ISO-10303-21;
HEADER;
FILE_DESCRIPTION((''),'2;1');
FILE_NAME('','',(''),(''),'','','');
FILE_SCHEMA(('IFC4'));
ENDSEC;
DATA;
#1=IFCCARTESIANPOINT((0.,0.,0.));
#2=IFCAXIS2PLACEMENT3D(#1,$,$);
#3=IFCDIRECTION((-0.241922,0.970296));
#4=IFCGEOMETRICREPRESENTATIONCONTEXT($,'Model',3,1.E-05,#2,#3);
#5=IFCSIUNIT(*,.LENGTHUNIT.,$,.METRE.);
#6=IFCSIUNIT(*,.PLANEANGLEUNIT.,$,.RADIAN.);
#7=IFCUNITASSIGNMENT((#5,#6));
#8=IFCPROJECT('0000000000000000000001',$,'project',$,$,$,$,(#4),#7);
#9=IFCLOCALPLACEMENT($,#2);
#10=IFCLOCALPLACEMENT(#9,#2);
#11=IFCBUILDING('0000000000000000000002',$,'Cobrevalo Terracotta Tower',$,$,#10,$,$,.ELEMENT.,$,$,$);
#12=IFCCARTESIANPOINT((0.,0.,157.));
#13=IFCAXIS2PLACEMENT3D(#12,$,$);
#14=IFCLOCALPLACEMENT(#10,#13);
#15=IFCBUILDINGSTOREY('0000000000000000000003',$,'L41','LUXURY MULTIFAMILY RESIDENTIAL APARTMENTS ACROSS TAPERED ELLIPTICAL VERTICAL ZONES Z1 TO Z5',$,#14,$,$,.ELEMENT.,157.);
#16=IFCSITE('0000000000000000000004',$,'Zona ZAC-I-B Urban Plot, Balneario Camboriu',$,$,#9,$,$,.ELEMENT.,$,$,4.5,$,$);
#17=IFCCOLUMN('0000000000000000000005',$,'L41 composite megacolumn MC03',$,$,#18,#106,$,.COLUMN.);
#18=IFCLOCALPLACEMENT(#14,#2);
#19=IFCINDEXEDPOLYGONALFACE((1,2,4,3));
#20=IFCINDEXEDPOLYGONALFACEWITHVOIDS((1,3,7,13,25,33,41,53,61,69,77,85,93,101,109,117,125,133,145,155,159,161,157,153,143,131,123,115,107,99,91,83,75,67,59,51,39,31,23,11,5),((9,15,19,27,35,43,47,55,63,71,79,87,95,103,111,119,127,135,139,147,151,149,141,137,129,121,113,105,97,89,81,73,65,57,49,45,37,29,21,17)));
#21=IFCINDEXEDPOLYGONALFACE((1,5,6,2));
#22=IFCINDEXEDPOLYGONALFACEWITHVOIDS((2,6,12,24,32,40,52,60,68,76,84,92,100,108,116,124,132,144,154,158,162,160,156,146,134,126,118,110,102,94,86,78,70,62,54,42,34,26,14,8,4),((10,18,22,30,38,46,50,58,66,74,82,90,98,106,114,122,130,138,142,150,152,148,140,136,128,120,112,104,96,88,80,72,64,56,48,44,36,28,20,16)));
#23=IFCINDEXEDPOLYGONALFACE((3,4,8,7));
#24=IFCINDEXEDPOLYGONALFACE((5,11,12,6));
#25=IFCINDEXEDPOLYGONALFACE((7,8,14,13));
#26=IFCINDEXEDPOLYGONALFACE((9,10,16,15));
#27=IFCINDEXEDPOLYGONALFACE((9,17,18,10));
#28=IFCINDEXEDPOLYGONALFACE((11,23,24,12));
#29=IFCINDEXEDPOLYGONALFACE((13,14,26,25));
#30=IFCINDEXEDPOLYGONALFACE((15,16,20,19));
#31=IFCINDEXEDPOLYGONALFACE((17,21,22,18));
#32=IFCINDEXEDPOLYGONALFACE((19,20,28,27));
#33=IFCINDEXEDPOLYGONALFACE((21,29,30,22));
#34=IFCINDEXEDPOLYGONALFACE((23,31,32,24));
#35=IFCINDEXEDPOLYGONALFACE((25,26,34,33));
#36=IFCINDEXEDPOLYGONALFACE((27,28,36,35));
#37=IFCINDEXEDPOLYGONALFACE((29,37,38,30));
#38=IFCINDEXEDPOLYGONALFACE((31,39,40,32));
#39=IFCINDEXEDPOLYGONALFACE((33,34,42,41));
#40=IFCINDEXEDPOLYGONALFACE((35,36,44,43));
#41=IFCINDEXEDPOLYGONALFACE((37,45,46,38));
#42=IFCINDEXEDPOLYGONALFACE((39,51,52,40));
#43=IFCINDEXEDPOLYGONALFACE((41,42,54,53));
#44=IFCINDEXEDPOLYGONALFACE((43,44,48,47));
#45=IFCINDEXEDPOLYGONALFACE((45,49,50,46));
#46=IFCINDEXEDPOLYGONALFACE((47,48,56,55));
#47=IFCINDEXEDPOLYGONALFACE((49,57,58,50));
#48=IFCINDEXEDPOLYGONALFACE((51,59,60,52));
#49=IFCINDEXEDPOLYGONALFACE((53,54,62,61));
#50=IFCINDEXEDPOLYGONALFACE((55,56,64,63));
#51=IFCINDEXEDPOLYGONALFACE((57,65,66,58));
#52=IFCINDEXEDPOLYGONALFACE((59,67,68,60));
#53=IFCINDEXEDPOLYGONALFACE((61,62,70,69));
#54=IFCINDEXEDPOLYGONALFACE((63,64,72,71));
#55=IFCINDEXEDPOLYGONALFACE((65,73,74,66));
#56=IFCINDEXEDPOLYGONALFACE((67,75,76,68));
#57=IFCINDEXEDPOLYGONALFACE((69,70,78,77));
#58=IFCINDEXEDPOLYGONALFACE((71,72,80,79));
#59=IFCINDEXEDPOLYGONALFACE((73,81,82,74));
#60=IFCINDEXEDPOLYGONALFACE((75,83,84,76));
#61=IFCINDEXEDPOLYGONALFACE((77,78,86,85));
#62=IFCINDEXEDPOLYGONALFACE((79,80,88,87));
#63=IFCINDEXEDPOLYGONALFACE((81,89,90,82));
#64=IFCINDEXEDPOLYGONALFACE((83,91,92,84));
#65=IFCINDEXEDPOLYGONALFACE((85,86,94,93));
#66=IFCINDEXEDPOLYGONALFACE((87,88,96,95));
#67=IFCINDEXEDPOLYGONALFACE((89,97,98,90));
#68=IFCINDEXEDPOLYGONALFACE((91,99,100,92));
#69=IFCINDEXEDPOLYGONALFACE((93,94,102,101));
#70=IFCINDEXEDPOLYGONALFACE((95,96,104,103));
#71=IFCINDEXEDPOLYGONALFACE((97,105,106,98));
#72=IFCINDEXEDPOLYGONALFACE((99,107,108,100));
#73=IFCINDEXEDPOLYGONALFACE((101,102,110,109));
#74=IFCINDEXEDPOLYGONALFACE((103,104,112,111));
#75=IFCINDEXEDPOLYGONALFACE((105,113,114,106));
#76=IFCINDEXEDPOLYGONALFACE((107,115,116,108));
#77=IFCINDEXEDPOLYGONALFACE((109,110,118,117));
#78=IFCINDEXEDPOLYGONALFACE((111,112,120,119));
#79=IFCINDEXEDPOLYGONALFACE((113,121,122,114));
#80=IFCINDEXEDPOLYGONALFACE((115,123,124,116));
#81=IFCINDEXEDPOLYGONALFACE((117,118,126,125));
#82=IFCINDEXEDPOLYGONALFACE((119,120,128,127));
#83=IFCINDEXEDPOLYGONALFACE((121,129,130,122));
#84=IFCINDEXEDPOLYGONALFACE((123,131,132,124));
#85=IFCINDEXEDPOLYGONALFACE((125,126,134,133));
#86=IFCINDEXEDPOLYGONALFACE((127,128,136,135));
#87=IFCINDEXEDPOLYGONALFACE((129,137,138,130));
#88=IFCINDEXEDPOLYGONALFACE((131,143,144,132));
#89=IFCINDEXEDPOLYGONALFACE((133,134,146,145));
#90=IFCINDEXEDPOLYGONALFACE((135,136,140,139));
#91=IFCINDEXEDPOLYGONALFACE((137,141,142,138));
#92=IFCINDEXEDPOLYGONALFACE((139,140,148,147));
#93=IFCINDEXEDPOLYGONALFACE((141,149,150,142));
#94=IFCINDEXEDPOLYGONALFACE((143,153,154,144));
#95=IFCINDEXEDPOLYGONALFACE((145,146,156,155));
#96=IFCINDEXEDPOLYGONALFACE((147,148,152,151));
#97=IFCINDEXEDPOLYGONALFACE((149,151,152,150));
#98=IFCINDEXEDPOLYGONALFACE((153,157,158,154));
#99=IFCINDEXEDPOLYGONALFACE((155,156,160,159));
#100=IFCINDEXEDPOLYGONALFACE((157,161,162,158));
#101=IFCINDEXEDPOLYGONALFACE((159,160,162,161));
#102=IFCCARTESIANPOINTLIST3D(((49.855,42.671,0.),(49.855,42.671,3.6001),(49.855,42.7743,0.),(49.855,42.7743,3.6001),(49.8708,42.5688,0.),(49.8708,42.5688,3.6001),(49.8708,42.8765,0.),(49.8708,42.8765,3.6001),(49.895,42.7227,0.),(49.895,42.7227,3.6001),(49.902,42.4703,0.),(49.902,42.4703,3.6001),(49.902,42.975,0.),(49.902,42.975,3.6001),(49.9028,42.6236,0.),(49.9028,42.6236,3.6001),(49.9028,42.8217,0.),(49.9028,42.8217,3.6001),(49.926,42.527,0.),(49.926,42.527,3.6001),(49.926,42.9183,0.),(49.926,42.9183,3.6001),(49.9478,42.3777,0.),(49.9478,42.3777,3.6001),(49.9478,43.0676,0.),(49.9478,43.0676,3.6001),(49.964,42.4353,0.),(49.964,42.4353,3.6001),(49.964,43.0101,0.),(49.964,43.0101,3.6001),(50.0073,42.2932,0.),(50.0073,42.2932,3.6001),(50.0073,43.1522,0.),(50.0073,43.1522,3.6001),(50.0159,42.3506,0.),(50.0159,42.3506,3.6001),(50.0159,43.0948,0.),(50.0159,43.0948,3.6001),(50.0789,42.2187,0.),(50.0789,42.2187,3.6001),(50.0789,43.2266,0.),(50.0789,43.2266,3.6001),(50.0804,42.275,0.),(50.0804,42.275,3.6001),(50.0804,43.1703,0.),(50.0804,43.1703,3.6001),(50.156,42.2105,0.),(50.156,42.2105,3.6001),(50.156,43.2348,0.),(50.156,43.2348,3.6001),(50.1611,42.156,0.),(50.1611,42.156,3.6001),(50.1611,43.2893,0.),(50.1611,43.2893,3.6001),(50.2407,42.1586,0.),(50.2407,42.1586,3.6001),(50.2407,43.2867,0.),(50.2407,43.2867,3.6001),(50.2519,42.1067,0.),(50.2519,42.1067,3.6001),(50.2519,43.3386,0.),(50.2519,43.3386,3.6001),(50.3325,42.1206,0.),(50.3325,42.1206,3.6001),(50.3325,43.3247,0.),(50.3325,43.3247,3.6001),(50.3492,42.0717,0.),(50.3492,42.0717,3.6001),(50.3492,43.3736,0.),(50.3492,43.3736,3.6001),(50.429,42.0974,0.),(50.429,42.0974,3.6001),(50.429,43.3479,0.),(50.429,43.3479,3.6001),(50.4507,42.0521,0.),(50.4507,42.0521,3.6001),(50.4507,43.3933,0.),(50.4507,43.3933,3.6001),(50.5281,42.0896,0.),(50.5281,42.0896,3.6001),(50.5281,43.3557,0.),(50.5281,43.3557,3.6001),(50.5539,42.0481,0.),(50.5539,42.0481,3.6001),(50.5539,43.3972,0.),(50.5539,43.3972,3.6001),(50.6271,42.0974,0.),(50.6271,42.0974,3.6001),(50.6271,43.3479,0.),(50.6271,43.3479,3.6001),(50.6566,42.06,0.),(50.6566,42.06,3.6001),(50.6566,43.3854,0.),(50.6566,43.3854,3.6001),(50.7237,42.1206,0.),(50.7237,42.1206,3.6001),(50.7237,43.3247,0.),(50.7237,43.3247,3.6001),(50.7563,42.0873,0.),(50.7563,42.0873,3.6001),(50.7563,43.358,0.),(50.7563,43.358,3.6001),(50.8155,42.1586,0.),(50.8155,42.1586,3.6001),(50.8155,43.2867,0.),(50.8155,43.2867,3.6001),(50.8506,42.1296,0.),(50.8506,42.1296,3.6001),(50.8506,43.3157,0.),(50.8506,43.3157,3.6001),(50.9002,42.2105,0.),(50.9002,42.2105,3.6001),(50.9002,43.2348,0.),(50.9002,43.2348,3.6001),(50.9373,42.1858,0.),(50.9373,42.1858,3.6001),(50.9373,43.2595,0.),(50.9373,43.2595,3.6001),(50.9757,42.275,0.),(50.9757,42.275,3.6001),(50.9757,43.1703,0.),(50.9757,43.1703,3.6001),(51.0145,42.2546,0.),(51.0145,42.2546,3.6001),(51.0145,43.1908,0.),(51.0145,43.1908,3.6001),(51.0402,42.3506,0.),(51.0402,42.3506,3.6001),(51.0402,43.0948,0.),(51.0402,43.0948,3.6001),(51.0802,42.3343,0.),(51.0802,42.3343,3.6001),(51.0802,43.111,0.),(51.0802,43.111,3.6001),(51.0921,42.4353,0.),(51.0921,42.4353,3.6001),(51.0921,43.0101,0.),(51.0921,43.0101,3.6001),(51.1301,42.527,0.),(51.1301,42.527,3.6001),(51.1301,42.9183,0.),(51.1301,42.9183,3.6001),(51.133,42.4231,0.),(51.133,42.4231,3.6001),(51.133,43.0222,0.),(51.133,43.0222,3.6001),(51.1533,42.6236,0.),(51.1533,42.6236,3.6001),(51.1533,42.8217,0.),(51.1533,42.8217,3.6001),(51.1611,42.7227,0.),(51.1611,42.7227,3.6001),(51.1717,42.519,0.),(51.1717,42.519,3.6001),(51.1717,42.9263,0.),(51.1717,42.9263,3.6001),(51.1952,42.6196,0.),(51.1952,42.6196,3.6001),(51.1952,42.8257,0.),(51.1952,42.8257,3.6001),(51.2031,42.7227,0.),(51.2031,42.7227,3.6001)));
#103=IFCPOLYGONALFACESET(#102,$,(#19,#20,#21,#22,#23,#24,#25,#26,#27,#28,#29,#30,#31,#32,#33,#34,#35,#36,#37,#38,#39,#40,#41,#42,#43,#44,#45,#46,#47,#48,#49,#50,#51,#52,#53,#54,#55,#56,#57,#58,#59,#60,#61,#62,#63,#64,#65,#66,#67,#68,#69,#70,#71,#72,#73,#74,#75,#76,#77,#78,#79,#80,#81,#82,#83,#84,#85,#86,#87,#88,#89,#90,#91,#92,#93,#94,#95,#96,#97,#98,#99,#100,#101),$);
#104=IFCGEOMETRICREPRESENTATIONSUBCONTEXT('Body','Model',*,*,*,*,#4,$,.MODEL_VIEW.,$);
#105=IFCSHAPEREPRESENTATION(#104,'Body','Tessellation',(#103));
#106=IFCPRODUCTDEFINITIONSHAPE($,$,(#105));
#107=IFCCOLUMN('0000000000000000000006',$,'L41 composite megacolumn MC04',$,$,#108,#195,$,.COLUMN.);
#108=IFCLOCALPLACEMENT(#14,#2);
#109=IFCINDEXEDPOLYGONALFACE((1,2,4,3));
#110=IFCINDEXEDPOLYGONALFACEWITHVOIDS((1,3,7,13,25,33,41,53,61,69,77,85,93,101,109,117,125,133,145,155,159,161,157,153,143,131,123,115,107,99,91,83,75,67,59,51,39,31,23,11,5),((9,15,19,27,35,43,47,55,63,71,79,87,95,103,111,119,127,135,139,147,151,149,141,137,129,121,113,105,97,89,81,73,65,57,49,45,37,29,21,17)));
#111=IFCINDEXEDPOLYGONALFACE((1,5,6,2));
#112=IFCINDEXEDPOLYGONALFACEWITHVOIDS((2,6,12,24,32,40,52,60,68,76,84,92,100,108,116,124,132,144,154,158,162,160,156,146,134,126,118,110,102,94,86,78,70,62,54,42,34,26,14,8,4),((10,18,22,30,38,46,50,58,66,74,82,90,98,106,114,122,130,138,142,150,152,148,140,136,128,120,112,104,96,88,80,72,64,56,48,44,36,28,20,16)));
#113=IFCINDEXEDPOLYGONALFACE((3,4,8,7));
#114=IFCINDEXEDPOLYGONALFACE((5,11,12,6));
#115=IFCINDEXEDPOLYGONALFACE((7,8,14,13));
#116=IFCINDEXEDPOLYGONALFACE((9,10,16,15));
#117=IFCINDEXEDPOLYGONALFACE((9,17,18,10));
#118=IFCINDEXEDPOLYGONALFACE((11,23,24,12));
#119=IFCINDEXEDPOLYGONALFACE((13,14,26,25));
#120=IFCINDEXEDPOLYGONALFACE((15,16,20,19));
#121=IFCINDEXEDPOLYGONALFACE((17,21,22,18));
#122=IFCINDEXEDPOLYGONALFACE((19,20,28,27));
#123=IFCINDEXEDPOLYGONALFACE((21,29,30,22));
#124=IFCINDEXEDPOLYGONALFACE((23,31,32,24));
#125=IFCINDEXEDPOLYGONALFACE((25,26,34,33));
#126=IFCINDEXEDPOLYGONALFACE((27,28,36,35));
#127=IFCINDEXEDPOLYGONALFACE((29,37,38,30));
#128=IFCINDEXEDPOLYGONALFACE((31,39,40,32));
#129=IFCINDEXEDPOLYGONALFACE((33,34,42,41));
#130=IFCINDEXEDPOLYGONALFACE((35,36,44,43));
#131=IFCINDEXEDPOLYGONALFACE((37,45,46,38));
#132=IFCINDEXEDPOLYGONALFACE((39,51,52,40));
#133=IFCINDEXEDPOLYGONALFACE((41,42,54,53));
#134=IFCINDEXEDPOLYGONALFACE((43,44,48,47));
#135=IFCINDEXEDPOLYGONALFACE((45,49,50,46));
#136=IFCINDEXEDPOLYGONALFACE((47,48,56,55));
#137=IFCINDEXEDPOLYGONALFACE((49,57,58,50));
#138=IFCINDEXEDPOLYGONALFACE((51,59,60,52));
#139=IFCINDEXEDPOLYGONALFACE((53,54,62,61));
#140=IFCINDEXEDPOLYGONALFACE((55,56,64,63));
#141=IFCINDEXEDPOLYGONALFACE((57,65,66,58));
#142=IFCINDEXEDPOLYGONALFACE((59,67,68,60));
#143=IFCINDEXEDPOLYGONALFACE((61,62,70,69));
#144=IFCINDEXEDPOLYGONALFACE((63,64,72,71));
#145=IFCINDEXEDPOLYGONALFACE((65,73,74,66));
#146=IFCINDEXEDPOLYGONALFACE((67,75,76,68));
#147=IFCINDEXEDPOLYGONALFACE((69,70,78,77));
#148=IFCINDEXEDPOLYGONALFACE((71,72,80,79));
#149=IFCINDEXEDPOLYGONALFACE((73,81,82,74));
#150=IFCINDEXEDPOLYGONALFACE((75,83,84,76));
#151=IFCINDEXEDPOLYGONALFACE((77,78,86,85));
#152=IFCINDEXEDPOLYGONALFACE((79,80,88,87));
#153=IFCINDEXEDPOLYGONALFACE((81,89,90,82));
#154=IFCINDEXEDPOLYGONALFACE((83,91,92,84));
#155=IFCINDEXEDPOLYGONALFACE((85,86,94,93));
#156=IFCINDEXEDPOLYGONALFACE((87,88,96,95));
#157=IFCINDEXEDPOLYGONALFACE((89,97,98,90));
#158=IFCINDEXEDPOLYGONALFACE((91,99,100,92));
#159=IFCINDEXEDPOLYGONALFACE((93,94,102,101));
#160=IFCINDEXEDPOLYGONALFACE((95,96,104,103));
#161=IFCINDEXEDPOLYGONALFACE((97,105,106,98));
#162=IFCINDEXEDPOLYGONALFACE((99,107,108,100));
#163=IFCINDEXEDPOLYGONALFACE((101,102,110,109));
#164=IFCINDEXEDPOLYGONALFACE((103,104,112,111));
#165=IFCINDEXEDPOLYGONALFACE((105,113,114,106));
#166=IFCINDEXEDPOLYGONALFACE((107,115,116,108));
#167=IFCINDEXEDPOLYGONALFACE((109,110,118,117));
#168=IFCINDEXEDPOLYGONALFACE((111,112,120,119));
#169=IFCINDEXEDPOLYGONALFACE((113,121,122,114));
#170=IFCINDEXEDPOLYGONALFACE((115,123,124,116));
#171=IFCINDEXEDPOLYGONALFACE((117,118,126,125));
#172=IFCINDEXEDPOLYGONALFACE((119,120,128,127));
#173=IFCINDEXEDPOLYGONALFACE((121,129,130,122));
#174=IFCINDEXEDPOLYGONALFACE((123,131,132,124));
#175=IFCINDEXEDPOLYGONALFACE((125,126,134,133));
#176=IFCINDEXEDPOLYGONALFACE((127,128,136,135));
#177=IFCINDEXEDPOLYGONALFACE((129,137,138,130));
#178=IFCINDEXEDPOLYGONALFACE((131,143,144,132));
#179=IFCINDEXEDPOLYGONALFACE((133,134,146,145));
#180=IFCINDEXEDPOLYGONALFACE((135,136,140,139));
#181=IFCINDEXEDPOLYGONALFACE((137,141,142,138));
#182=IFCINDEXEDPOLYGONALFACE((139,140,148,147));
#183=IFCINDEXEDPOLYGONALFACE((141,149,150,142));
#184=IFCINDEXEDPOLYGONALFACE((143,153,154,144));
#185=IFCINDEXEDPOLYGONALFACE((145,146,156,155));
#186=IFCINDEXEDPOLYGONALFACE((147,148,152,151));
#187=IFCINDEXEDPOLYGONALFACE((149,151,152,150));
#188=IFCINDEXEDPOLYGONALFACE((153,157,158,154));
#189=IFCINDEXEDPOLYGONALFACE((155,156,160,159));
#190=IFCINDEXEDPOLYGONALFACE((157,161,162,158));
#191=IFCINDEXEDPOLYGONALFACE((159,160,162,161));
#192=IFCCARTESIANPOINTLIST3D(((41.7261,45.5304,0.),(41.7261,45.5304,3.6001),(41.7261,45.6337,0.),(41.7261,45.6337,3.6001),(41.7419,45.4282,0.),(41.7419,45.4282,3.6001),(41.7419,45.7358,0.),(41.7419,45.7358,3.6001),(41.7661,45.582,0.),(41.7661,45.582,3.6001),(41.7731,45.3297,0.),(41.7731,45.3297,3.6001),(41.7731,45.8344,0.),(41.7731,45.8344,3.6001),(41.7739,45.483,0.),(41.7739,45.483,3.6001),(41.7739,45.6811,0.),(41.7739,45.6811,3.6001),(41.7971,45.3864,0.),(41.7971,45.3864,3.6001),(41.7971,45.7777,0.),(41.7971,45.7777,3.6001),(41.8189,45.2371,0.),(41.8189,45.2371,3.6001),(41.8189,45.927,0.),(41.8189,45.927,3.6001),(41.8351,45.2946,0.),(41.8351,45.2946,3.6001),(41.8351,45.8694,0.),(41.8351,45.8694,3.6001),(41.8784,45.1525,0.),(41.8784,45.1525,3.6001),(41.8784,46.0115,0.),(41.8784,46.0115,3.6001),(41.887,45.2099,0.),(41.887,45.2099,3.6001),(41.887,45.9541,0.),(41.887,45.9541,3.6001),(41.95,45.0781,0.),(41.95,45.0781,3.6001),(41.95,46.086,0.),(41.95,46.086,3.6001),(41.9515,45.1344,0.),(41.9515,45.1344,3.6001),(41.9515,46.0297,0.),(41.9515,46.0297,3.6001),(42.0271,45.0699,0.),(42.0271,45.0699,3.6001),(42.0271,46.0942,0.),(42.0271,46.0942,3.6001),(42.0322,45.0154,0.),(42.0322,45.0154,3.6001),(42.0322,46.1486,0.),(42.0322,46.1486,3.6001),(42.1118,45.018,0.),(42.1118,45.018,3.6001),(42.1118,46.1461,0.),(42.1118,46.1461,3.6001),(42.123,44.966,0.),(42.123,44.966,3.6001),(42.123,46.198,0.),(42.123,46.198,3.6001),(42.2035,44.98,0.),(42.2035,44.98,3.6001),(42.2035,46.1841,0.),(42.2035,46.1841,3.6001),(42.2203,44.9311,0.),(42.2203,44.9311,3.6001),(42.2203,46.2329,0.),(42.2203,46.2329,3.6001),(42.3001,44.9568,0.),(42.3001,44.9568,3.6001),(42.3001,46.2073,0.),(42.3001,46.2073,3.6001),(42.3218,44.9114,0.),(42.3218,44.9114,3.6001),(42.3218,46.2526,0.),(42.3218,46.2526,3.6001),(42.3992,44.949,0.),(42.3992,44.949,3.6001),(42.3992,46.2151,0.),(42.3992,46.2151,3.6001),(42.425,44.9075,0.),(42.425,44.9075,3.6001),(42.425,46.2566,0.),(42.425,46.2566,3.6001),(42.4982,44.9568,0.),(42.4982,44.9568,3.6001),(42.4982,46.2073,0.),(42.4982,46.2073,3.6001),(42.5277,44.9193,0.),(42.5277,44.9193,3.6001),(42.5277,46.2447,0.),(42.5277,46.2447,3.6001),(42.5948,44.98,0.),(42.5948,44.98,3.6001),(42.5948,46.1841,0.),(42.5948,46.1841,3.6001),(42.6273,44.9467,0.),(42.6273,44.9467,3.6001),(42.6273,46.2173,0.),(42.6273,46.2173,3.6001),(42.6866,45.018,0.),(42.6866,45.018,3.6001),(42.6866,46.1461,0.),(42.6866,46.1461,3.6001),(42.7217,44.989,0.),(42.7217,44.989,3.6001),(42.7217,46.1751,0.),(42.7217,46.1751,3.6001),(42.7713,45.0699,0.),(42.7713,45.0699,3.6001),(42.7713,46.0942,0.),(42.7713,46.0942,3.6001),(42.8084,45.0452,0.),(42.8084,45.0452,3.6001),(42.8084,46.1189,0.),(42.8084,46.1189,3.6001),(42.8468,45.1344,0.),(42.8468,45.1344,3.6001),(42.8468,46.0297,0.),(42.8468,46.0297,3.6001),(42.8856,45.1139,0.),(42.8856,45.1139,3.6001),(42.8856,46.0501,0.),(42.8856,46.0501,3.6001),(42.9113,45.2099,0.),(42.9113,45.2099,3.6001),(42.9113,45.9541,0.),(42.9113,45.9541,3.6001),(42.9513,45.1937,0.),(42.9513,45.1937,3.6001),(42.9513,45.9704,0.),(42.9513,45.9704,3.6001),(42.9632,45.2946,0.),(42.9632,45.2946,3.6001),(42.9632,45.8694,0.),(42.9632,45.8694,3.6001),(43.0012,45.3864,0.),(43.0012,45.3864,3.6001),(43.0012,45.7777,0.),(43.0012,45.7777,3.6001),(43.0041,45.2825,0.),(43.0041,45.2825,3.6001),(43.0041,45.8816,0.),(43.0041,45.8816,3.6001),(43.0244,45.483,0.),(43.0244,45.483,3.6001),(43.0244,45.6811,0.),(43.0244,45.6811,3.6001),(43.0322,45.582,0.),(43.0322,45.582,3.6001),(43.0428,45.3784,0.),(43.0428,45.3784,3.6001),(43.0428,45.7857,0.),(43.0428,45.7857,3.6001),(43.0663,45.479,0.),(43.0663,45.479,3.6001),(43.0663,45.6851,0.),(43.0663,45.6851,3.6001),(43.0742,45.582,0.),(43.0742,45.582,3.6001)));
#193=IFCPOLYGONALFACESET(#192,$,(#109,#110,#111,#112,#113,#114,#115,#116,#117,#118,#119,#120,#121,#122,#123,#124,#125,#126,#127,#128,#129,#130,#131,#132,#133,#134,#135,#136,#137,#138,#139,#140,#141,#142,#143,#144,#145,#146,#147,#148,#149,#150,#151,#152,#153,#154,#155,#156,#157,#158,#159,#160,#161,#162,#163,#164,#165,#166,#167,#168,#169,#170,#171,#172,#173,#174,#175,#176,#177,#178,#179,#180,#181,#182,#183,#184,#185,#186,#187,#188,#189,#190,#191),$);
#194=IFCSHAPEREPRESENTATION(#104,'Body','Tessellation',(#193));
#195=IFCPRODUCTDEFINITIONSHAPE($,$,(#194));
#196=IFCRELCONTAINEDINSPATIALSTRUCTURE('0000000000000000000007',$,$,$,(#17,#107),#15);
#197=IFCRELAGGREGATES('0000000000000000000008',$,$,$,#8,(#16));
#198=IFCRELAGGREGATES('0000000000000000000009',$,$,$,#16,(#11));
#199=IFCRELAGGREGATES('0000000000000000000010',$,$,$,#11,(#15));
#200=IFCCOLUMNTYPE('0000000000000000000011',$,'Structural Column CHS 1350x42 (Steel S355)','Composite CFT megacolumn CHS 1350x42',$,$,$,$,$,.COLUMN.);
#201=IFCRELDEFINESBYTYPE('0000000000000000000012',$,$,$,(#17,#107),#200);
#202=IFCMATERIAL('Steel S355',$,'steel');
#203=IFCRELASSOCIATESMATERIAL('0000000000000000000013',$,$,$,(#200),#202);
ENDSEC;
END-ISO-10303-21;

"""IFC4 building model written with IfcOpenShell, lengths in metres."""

from ifc_helpers import new_model, si_unit, direction, frame, origin, origin_2d, place, context, subcontext, project, spatial, hollow_circle, extrude, material, material_profile, profile_set, type_object, element, save


model = new_model("IFC4")

# Units and contexts
model_context = context("Model", 3, precision=1e-05, world=origin(), true_north=direction((-0.241922, 0.970296)))
body_context = subcontext(model_context, "Body", "Model", "MODEL_VIEW")
ifc_project = project(units=[si_unit("LENGTHUNIT", "METRE"), si_unit("PLANEANGLEUNIT", "RADIAN")], contexts=[model_context])

# Site, building, storey
site_placement = place(None, origin())
site = spatial("IfcSite", under=ifc_project, at=site_placement, Name="Zona ZAC-I-B Urban Plot, Balneario Camboriu", CompositionType="ELEMENT", RefElevation=4.5)
building_placement = place(site_placement, origin())
building = spatial("IfcBuilding", under=site, at=building_placement, Name="Cobrevalo Terracotta Tower", CompositionType="ELEMENT")
storey_placement = place(building_placement, frame((0.0, 0.0, 157.0)))
storey = spatial("IfcBuildingStorey", under=building, at=storey_placement, Name="L41", Description="LUXURY MULTIFAMILY RESIDENTIAL APARTMENTS ACROSS TAPERED ELLIPTICAL VERTICAL ZONES Z1 TO Z5", CompositionType="ELEMENT", Elevation=157.0)

# Columns
ifc_material_1 = material(Name="Steel S355", Category="steel")
ifc_material_profile_1 = material_profile(ifc_material_1, hollow_circle(Radius=0.675, WallThickness=0.042, at=origin_2d()), Name="CHS 1350x42")
ifc_profile_set_1 = profile_set([ifc_material_profile_1], Name="Steel S355")
column_type = type_object("IfcColumnType", Name="Structural Column CHS 1350x42 (Steel S355)", Description="Composite CFT megacolumn CHS 1350x42", PredefinedType="COLUMN", material=ifc_profile_set_1)
for number, where, z_axis, x_axis, name in (
    (1, (50.5281, 42.7227, 0.0), (0.0, 0.0, 1.0), (1.0, 0.0, 0.0), "L41 composite megacolumn MC03"),
    (2, (42.3992, 45.582, 0.0), (0.0, 0.0, 1.0), (1.0, 0.0, 0.0), "L41 composite megacolumn MC04"),
):
    element("IfcColumn", number, at=place(storey_placement, frame(where, z_axis=z_axis, x_axis=x_axis)), inside=storey, type_object=column_type, Name=name, PredefinedType="COLUMN", context=body_context, shape_type="SweptSolid", body=[
        extrude(hollow_circle(Radius=0.675, WallThickness=0.042, at=origin_2d()), origin(), (0.0, 0.0, 1.0), 3.6001),
    ])

save(model, "model.ifc")
